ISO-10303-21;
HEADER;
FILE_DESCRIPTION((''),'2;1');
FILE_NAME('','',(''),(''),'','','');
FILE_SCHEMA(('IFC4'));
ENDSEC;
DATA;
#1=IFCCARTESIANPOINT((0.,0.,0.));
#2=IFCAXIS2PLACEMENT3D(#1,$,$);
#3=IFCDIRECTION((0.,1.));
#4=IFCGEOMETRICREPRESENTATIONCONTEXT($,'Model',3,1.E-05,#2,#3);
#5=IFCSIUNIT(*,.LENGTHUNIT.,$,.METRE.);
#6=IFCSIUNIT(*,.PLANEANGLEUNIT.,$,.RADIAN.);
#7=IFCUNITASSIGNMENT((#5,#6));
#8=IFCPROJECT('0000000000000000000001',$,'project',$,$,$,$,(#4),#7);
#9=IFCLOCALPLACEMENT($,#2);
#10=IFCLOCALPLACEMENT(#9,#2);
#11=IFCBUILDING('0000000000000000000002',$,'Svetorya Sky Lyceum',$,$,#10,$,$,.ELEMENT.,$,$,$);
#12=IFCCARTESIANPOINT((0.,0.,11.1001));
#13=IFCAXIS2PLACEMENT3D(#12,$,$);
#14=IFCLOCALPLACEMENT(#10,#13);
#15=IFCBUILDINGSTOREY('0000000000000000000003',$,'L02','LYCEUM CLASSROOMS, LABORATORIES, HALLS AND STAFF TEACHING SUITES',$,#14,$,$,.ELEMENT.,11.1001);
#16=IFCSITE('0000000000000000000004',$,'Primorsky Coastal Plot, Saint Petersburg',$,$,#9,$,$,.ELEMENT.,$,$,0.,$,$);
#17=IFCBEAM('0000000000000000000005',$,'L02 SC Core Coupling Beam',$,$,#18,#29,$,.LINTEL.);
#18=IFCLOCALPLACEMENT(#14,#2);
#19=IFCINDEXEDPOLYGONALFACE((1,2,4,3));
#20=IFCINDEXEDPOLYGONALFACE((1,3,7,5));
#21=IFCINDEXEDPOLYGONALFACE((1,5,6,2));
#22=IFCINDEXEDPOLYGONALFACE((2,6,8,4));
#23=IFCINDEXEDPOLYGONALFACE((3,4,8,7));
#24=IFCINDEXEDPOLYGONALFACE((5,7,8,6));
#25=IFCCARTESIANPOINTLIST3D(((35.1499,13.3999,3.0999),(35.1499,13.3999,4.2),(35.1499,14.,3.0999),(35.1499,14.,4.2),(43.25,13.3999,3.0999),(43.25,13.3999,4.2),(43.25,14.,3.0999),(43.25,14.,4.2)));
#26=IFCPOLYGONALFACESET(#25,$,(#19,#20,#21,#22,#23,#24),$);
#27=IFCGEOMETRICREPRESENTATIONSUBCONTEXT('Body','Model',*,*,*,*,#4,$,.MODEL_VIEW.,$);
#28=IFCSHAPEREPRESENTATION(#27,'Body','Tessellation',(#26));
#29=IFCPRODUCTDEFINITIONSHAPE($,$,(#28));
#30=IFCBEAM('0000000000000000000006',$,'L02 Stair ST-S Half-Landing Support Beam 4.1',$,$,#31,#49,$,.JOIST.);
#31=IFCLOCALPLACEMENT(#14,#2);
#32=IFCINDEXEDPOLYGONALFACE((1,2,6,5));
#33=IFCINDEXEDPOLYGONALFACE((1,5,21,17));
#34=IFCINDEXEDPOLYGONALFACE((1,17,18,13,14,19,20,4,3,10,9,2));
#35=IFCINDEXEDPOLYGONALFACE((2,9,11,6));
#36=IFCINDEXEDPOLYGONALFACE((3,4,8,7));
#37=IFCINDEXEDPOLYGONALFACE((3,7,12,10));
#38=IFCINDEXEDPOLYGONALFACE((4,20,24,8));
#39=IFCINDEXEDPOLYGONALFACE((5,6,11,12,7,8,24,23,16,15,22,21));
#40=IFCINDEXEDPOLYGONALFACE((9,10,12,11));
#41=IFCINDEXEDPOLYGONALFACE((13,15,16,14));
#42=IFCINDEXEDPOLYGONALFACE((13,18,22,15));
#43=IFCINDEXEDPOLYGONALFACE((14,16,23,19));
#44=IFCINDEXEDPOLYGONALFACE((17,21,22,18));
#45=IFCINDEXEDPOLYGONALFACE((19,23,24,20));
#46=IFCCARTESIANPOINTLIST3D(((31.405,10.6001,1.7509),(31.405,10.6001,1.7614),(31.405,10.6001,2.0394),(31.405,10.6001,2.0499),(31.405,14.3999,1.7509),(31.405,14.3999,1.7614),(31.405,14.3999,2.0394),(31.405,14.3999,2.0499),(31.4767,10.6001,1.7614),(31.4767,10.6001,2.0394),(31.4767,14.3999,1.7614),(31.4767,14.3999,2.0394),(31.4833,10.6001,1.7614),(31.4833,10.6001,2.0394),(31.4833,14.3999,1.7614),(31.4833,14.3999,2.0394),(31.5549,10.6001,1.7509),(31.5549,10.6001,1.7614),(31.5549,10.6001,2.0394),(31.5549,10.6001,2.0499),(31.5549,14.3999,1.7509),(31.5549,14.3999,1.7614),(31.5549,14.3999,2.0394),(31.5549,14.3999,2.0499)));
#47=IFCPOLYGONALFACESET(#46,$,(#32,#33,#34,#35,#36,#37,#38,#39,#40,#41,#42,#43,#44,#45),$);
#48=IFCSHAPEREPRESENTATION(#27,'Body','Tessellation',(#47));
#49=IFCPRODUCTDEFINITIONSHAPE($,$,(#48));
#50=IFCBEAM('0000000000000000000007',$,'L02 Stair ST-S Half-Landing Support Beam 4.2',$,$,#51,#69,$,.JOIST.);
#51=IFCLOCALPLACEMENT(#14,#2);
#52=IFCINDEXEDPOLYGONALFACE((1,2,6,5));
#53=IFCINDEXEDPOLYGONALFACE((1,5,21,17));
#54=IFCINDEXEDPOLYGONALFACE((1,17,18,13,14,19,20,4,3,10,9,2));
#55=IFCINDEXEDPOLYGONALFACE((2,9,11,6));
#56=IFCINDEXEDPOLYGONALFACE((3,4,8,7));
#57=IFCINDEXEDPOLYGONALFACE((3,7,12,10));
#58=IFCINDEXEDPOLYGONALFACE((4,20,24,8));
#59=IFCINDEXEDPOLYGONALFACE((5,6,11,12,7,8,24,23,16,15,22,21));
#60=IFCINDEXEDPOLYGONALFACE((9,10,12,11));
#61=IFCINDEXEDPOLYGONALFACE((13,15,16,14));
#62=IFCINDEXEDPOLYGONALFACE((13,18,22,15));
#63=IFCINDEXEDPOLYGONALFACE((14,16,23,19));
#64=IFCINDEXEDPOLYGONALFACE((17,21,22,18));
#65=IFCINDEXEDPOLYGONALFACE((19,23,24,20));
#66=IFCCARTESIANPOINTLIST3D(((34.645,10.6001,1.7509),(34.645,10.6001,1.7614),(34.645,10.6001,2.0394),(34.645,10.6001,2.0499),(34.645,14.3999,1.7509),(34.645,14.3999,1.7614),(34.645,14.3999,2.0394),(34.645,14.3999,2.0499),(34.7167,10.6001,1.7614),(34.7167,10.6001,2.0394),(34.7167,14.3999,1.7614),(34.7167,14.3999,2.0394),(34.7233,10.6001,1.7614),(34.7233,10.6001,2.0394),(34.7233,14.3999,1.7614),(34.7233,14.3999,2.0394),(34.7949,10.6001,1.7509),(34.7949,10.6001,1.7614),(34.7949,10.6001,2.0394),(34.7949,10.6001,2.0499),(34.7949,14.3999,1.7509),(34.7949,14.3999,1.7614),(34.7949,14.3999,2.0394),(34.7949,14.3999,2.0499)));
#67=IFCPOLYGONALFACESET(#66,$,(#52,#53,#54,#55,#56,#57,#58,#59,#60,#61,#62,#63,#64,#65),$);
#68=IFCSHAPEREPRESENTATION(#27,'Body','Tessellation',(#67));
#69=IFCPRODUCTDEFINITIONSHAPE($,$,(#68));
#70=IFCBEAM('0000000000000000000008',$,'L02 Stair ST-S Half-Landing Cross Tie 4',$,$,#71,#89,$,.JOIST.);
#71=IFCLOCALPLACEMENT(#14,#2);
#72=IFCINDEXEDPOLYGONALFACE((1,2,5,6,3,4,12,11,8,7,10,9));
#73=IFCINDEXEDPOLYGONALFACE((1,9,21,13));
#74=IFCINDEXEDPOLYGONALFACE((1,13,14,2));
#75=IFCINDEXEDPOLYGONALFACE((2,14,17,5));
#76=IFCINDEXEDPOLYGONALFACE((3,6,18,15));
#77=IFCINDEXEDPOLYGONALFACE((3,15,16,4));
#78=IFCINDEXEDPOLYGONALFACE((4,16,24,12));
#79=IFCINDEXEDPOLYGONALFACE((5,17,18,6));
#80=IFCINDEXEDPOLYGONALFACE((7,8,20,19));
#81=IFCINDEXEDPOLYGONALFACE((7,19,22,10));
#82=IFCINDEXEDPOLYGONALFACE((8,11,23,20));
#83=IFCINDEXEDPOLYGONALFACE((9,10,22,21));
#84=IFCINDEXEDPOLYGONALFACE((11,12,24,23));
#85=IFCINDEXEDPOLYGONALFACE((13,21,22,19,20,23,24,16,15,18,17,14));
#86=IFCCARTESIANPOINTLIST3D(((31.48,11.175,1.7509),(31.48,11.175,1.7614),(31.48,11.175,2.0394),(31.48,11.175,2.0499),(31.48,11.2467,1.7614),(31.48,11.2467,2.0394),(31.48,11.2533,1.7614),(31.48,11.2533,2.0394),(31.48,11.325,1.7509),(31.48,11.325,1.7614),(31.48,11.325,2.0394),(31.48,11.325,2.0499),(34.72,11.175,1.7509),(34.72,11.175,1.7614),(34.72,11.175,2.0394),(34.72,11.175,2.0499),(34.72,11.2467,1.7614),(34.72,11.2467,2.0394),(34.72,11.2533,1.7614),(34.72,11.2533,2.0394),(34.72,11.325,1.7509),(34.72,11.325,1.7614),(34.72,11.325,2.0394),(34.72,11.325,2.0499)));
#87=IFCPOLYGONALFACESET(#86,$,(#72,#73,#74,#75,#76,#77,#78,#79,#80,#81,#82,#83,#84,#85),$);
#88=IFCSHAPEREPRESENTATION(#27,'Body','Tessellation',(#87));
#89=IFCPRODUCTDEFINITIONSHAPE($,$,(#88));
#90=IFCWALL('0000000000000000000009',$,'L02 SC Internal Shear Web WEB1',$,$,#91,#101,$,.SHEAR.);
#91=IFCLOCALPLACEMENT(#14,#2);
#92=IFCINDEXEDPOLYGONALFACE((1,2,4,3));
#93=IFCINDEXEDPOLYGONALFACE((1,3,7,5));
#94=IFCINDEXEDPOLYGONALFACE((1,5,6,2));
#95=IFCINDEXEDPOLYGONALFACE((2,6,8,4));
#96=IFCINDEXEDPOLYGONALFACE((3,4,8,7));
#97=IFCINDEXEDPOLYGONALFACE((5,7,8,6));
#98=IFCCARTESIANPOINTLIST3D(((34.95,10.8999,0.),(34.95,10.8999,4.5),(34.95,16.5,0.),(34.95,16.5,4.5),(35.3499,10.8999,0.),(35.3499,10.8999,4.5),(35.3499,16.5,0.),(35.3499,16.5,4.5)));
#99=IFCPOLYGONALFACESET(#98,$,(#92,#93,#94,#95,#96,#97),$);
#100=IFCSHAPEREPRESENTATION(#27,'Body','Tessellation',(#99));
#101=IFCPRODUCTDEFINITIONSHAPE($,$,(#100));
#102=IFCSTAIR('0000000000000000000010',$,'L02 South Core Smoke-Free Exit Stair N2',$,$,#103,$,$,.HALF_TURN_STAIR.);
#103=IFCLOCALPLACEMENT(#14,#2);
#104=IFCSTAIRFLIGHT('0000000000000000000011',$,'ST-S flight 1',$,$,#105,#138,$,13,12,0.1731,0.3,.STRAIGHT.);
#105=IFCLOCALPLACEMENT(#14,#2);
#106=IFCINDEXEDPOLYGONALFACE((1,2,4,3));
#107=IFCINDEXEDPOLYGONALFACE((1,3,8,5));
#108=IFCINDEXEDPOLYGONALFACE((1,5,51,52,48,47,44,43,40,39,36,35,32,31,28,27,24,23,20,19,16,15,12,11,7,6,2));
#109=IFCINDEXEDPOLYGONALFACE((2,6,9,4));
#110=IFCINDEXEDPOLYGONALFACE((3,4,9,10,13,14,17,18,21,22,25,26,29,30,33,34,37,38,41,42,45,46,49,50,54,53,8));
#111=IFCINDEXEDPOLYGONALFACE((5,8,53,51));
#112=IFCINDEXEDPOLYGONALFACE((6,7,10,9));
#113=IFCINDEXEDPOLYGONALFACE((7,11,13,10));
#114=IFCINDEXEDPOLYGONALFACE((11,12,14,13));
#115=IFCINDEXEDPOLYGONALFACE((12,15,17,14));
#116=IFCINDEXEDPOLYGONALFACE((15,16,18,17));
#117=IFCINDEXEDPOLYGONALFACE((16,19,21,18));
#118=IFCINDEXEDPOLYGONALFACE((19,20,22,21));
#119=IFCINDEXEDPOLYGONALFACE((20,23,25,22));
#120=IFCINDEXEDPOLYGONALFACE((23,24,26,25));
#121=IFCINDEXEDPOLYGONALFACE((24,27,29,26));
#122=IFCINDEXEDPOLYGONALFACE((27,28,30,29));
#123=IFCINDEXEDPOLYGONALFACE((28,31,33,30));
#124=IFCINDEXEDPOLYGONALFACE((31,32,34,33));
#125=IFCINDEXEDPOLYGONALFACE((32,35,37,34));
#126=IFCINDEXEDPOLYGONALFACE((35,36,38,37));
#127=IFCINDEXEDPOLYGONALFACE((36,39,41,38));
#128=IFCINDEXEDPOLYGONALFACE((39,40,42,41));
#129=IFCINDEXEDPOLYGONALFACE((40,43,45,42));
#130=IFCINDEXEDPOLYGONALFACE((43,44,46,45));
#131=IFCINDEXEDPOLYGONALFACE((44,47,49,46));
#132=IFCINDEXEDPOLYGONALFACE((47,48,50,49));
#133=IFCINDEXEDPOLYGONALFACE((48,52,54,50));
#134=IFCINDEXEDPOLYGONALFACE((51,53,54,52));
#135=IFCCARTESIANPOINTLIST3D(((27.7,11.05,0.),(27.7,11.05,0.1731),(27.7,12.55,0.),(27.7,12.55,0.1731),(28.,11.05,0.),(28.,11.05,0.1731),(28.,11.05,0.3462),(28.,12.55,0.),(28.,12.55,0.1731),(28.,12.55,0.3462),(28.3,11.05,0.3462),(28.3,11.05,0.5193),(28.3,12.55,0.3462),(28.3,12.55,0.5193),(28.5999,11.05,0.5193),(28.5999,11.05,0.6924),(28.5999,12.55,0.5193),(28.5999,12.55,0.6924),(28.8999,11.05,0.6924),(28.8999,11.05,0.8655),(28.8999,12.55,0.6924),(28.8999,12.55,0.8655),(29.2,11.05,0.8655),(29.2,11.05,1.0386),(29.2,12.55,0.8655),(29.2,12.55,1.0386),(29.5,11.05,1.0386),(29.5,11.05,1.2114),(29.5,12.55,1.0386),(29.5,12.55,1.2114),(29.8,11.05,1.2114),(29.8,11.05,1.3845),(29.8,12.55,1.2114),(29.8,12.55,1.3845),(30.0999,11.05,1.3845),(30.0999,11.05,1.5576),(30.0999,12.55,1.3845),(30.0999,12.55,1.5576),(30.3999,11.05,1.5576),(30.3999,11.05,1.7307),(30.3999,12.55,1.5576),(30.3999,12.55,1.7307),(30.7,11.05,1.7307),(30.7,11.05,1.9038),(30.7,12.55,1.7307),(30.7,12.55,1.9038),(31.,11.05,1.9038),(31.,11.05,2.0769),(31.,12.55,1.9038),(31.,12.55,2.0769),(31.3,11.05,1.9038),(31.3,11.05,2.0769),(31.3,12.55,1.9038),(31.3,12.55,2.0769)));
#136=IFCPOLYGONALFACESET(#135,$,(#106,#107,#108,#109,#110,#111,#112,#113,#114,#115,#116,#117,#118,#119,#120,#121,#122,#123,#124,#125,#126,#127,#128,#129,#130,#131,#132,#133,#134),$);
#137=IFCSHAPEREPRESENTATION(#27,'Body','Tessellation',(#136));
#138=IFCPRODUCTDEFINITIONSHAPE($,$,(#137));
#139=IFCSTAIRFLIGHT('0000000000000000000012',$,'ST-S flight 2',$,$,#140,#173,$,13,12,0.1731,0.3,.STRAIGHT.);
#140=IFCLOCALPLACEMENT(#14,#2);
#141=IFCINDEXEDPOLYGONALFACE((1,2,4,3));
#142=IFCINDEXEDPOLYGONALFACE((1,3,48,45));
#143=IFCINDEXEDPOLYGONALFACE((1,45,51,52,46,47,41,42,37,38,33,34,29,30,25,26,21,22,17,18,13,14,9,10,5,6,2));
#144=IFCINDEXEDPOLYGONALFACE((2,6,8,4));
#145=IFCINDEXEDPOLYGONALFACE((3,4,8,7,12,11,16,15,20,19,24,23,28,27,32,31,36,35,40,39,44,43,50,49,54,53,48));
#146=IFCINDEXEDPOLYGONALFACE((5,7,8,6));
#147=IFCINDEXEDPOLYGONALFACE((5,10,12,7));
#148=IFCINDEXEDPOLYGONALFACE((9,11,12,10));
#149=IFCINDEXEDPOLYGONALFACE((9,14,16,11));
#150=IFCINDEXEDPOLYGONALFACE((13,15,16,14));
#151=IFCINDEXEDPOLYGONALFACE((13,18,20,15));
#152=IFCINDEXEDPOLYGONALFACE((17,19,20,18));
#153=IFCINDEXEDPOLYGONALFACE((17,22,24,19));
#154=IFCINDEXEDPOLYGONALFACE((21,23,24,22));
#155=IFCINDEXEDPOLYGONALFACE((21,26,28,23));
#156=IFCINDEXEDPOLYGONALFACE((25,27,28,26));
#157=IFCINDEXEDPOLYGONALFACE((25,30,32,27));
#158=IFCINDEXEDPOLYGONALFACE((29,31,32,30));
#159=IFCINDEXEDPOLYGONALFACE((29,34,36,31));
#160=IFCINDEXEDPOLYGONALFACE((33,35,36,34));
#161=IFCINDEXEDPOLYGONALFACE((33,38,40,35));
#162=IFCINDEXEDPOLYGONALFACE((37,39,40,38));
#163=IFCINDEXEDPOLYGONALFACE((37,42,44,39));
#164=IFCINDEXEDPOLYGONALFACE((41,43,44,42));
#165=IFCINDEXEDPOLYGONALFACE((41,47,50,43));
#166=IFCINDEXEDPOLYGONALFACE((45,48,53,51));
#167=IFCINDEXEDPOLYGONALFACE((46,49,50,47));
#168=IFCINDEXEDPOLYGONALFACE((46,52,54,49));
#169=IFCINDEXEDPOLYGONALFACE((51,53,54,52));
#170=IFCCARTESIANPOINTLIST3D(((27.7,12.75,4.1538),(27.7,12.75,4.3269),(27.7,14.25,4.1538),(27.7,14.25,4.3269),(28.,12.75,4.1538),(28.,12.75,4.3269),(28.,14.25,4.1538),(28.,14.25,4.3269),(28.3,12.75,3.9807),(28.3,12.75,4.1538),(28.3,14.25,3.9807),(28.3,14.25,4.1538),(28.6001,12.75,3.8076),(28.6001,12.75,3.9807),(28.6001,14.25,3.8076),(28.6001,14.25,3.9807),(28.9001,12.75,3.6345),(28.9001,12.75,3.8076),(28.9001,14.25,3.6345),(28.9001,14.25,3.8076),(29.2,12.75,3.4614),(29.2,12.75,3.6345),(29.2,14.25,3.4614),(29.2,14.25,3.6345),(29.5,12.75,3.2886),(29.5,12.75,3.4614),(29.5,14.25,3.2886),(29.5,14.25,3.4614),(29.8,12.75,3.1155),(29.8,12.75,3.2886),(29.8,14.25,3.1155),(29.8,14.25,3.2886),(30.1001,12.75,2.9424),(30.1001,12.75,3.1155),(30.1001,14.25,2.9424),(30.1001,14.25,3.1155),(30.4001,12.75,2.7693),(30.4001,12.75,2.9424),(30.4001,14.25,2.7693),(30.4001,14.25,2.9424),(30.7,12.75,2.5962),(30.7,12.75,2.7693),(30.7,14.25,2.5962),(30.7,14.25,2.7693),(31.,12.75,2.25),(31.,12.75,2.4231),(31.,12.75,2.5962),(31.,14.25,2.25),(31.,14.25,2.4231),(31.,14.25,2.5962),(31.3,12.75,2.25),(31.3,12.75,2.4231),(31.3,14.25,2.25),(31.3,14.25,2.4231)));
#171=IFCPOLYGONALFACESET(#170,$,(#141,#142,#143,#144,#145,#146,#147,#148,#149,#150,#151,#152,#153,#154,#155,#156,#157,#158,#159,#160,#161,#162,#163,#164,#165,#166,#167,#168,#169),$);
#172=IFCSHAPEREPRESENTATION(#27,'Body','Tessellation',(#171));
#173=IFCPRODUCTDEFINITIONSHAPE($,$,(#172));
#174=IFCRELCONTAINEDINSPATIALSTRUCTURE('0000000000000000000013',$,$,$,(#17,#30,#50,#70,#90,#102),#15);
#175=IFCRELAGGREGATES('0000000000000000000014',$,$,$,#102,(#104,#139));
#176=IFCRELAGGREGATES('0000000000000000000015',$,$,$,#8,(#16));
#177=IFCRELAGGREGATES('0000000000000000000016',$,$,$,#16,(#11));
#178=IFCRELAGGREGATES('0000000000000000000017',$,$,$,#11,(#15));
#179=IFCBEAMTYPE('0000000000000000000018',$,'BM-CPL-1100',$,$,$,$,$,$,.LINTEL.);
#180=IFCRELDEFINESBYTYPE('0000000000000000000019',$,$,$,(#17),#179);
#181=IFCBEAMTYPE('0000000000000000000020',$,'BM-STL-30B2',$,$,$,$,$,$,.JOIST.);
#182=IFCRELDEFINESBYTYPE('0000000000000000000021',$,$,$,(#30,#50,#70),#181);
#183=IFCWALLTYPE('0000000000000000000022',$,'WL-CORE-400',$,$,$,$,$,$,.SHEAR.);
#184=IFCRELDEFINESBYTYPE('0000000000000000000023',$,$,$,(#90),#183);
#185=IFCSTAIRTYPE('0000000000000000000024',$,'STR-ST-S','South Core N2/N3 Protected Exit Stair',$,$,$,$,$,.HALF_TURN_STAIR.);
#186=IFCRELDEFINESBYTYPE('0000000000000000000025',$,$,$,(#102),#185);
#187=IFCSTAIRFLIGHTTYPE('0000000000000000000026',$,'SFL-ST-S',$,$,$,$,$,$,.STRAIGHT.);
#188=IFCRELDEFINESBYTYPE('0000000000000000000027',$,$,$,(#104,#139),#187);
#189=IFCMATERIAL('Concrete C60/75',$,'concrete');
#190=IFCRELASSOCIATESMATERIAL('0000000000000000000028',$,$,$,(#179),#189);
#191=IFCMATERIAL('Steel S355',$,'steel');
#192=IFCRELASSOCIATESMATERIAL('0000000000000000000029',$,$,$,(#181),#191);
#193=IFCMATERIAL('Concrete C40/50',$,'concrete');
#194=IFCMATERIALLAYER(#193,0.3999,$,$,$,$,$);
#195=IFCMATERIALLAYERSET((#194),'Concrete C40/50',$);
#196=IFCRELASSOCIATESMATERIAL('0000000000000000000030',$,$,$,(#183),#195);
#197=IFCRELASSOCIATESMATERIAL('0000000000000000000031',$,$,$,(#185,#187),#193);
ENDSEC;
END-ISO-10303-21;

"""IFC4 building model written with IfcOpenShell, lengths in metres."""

from ifc_helpers import new_model, si_unit, direction, frame, frame_2d, origin, origin_2d, place, context, subcontext, project, spatial, polyline, rectangle, i_section, outline, extrude, material, layer, layer_set, material_profile, profile_set, type_object, element, aggregate, save


model = new_model("IFC4")

# Units and contexts
model_context = context("Model", 3, precision=1e-05, world=origin(), true_north=direction((0.0, 1.0)))
body_context = subcontext(model_context, "Body", "Model", "MODEL_VIEW")
ifc_project = project(units=[si_unit("LENGTHUNIT", "METRE"), si_unit("PLANEANGLEUNIT", "RADIAN")], contexts=[model_context])

# Site, building, storey
site_placement = place(None, origin())
site = spatial("IfcSite", under=ifc_project, at=site_placement, Name="Primorsky Coastal Plot, Saint Petersburg", CompositionType="ELEMENT", RefElevation=0.0)
building_placement = place(site_placement, origin())
building = spatial("IfcBuilding", under=site, at=building_placement, Name="Svetorya Sky Lyceum", CompositionType="ELEMENT")
storey_placement = place(building_placement, frame((0.0, 0.0, 11.1001)))
storey = spatial("IfcBuildingStorey", under=building, at=storey_placement, Name="L02", Description="LYCEUM CLASSROOMS, LABORATORIES, HALLS AND STAFF TEACHING SUITES", CompositionType="ELEMENT", Elevation=11.1001)

# Beams
ifc_material_1 = material(Name="Concrete C60/75", Category="concrete")
ifc_material_profile_1 = material_profile(ifc_material_1, rectangle(XDim=0.6001, YDim=1.1001, at=origin_2d()), Name="RC COUPLING 600x1100")
ifc_profile_set_1 = profile_set([ifc_material_profile_1], Name="Concrete C60/75")
beam_type_1 = type_object("IfcBeamType", Name="BM-CPL-1100", PredefinedType="LINTEL", material=ifc_profile_set_1)
beam_1_placement = place(storey_placement, frame((35.1499, 13.7, 3.6499), z_axis=(1.0, 0.0, 0.0), x_axis=(0.0, 1.0, 0.0)))
element("IfcBeam", 1, at=beam_1_placement, inside=storey, type_object=beam_type_1, Name="L02 SC Core Coupling Beam", PredefinedType="LINTEL", context=body_context, shape_type="SweptSolid", body=[
    extrude(rectangle(XDim=0.6001, YDim=1.1001, at=origin_2d()), origin(), (0.0, 0.0, 1.0), 8.1001),
])
ifc_material_2 = material(Name="Steel S355", Category="steel")
ifc_material_profile_2 = material_profile(ifc_material_2, i_section(OverallWidth=0.1499, OverallDepth=0.2991, WebThickness=0.0066, FlangeThickness=0.0105, at=origin_2d()), Name="GOST 30B2")
ifc_profile_set_2 = profile_set([ifc_material_profile_2], Name="Steel S355")
beam_type_2 = type_object("IfcBeamType", Name="BM-STL-30B2", PredefinedType="JOIST", material=ifc_profile_set_2)
for number, where, z_axis, x_axis, name in (
    (2, (31.48, 10.6001, 1.9004), (0.0, 1.0, 0.0), (-1.0, 0.0, 0.0), "L02 Stair ST-S Half-Landing Support Beam 4.1"),
    (3, (34.72, 10.6001, 1.9004), (0.0, 1.0, 0.0), (-1.0, 0.0, 0.0), "L02 Stair ST-S Half-Landing Support Beam 4.2"),
):
    element("IfcBeam", number, at=place(storey_placement, frame(where, z_axis=z_axis, x_axis=x_axis)), inside=storey, type_object=beam_type_2, Name=name, PredefinedType="JOIST", context=body_context, shape_type="SweptSolid", body=[
        extrude(i_section(OverallWidth=0.1499, OverallDepth=0.2991, WebThickness=0.0066, FlangeThickness=0.0105, at=origin_2d()), origin(), (0.0, 0.0, 1.0), 3.7998),
    ])
beam_2_placement = place(storey_placement, frame((31.48, 11.25, 1.9004), z_axis=(1.0, 0.0, 0.0), x_axis=(0.0, 1.0, 0.0)))
element("IfcBeam", 4, at=beam_2_placement, inside=storey, type_object=beam_type_2, Name="L02 Stair ST-S Half-Landing Cross Tie 4", PredefinedType="JOIST", context=body_context, shape_type="SweptSolid", body=[
    extrude(i_section(OverallWidth=0.1499, OverallDepth=0.2991, WebThickness=0.0066, FlangeThickness=0.0105, at=origin_2d()), origin(), (0.0, 0.0, 1.0), 3.24),
])

# Wall
ifc_material_3 = material(Name="Concrete C40/50", Category="concrete")
ifc_layer = layer(ifc_material_3, 0.3999)
ifc_layer_set = layer_set([ifc_layer], Name="Concrete C40/50")
wall_type = type_object("IfcWallType", Name="WL-CORE-400", PredefinedType="SHEAR", material=ifc_layer_set)
wall_placement = place(storey_placement, frame((35.1499, 10.8999, 0.0), z_axis=(0.0, 0.0, 1.0), x_axis=(0.0, 1.0, 0.0)))
element("IfcWall", 5, at=wall_placement, inside=storey, type_object=wall_type, Name="L02 SC Internal Shear Web WEB1", PredefinedType="SHEAR", context=body_context, shape_type="SweptSolid", body=[
    extrude(rectangle(XDim=5.6001, YDim=0.3999, at=frame_2d((2.8, 0.0))), origin(), (0.0, 0.0, 1.0), 4.5),
])

# Stair, stair flights
stair_type = type_object("IfcStairType", Name="STR-ST-S", Description="South Core N2/N3 Protected Exit Stair", PredefinedType="HALF_TURN_STAIR", material=ifc_material_3)
stair_placement = place(storey_placement, origin())
stair = element("IfcStair", 6, at=stair_placement, inside=storey, type_object=stair_type, Name="L02 South Core Smoke-Free Exit Stair N2", PredefinedType="HALF_TURN_STAIR")
stair_flight_type = type_object("IfcStairFlightType", Name="SFL-ST-S", PredefinedType="STRAIGHT", material=ifc_material_3)
stair_flight_1_placement = place(storey_placement, frame((27.7, 11.8, 0.0), z_axis=(0.0, 0.0, 1.0), x_axis=(1.0, 0.0, 0.0)))
stair_flight_1 = element("IfcStairFlight", 7, at=stair_flight_1_placement, type_object=stair_flight_type, Name="ST-S flight 1", NumberOfRisers=13, NumberOfTreads=12, PredefinedType="STRAIGHT", RiserHeight=0.1731, TreadLength=0.3, context=body_context, shape_type="SweptSolid", body=[
    extrude(outline(polyline([(0.0, 0.0), (0.0, 0.1731), (0.3, 0.1731), (0.3, 0.3462), (0.6001, 0.3462), (0.6001, 0.5193), (0.8999, 0.5193), (0.8999, 0.6924), (1.2, 0.6924), (1.2, 0.8655), (1.5, 0.8655), (1.5, 1.0386), (1.8, 1.0386), (1.8, 1.2114), (2.1001, 1.2114), (2.1001, 1.3845), (2.3999, 1.3845), (2.3999, 1.5576), (2.7, 1.5576), (2.7, 1.7307), (3.0, 1.7307), (3.0, 1.9038), (3.3, 1.9038), (3.3, 2.0769), (3.6001, 2.0769), (3.6001, 2.25), (3.6001, 1.9038), (0.3, 0.0), (0.0, 0.0)])), frame((0.0, 0.75, 0.0), z_axis=(0.0, -1.0, 0.0), x_axis=(1.0, 0.0, 0.0)), (0.0, 0.0, 1.0), 1.5),
])
stair_flight_2_placement = place(storey_placement, frame((31.3, 13.5, 2.25), z_axis=(0.0, 0.0, 1.0), x_axis=(-1.0, 0.0, 0.0)))
stair_flight_2 = element("IfcStairFlight", 8, at=stair_flight_2_placement, type_object=stair_flight_type, Name="ST-S flight 2", NumberOfRisers=13, NumberOfTreads=12, PredefinedType="STRAIGHT", RiserHeight=0.1731, TreadLength=0.3, context=body_context, shape_type="SweptSolid", body=[
    extrude(outline(polyline([(0.0, 0.0), (0.0, 0.1731), (0.3, 0.1731), (0.3, 0.3462), (0.6001, 0.3462), (0.6001, 0.5193), (0.8999, 0.5193), (0.8999, 0.6924), (1.2, 0.6924), (1.2, 0.8655), (1.5, 0.8655), (1.5, 1.0386), (1.8, 1.0386), (1.8, 1.2114), (2.1001, 1.2114), (2.1001, 1.3845), (2.3999, 1.3845), (2.3999, 1.5576), (2.7, 1.5576), (2.7, 1.7307), (3.0, 1.7307), (3.0, 1.9038), (3.3, 1.9038), (3.3, 2.0769), (3.6001, 2.0769), (3.6001, 2.25), (3.6001, 1.9038), (0.3, 0.0), (0.0, 0.0)])), frame((0.0, 0.75, 0.0), z_axis=(0.0, -1.0, 0.0), x_axis=(1.0, 0.0, 0.0)), (0.0, 0.0, 1.0), 1.5),
])
aggregate(stair, [stair_flight_1, stair_flight_2])

save(model, "model.ifc")
